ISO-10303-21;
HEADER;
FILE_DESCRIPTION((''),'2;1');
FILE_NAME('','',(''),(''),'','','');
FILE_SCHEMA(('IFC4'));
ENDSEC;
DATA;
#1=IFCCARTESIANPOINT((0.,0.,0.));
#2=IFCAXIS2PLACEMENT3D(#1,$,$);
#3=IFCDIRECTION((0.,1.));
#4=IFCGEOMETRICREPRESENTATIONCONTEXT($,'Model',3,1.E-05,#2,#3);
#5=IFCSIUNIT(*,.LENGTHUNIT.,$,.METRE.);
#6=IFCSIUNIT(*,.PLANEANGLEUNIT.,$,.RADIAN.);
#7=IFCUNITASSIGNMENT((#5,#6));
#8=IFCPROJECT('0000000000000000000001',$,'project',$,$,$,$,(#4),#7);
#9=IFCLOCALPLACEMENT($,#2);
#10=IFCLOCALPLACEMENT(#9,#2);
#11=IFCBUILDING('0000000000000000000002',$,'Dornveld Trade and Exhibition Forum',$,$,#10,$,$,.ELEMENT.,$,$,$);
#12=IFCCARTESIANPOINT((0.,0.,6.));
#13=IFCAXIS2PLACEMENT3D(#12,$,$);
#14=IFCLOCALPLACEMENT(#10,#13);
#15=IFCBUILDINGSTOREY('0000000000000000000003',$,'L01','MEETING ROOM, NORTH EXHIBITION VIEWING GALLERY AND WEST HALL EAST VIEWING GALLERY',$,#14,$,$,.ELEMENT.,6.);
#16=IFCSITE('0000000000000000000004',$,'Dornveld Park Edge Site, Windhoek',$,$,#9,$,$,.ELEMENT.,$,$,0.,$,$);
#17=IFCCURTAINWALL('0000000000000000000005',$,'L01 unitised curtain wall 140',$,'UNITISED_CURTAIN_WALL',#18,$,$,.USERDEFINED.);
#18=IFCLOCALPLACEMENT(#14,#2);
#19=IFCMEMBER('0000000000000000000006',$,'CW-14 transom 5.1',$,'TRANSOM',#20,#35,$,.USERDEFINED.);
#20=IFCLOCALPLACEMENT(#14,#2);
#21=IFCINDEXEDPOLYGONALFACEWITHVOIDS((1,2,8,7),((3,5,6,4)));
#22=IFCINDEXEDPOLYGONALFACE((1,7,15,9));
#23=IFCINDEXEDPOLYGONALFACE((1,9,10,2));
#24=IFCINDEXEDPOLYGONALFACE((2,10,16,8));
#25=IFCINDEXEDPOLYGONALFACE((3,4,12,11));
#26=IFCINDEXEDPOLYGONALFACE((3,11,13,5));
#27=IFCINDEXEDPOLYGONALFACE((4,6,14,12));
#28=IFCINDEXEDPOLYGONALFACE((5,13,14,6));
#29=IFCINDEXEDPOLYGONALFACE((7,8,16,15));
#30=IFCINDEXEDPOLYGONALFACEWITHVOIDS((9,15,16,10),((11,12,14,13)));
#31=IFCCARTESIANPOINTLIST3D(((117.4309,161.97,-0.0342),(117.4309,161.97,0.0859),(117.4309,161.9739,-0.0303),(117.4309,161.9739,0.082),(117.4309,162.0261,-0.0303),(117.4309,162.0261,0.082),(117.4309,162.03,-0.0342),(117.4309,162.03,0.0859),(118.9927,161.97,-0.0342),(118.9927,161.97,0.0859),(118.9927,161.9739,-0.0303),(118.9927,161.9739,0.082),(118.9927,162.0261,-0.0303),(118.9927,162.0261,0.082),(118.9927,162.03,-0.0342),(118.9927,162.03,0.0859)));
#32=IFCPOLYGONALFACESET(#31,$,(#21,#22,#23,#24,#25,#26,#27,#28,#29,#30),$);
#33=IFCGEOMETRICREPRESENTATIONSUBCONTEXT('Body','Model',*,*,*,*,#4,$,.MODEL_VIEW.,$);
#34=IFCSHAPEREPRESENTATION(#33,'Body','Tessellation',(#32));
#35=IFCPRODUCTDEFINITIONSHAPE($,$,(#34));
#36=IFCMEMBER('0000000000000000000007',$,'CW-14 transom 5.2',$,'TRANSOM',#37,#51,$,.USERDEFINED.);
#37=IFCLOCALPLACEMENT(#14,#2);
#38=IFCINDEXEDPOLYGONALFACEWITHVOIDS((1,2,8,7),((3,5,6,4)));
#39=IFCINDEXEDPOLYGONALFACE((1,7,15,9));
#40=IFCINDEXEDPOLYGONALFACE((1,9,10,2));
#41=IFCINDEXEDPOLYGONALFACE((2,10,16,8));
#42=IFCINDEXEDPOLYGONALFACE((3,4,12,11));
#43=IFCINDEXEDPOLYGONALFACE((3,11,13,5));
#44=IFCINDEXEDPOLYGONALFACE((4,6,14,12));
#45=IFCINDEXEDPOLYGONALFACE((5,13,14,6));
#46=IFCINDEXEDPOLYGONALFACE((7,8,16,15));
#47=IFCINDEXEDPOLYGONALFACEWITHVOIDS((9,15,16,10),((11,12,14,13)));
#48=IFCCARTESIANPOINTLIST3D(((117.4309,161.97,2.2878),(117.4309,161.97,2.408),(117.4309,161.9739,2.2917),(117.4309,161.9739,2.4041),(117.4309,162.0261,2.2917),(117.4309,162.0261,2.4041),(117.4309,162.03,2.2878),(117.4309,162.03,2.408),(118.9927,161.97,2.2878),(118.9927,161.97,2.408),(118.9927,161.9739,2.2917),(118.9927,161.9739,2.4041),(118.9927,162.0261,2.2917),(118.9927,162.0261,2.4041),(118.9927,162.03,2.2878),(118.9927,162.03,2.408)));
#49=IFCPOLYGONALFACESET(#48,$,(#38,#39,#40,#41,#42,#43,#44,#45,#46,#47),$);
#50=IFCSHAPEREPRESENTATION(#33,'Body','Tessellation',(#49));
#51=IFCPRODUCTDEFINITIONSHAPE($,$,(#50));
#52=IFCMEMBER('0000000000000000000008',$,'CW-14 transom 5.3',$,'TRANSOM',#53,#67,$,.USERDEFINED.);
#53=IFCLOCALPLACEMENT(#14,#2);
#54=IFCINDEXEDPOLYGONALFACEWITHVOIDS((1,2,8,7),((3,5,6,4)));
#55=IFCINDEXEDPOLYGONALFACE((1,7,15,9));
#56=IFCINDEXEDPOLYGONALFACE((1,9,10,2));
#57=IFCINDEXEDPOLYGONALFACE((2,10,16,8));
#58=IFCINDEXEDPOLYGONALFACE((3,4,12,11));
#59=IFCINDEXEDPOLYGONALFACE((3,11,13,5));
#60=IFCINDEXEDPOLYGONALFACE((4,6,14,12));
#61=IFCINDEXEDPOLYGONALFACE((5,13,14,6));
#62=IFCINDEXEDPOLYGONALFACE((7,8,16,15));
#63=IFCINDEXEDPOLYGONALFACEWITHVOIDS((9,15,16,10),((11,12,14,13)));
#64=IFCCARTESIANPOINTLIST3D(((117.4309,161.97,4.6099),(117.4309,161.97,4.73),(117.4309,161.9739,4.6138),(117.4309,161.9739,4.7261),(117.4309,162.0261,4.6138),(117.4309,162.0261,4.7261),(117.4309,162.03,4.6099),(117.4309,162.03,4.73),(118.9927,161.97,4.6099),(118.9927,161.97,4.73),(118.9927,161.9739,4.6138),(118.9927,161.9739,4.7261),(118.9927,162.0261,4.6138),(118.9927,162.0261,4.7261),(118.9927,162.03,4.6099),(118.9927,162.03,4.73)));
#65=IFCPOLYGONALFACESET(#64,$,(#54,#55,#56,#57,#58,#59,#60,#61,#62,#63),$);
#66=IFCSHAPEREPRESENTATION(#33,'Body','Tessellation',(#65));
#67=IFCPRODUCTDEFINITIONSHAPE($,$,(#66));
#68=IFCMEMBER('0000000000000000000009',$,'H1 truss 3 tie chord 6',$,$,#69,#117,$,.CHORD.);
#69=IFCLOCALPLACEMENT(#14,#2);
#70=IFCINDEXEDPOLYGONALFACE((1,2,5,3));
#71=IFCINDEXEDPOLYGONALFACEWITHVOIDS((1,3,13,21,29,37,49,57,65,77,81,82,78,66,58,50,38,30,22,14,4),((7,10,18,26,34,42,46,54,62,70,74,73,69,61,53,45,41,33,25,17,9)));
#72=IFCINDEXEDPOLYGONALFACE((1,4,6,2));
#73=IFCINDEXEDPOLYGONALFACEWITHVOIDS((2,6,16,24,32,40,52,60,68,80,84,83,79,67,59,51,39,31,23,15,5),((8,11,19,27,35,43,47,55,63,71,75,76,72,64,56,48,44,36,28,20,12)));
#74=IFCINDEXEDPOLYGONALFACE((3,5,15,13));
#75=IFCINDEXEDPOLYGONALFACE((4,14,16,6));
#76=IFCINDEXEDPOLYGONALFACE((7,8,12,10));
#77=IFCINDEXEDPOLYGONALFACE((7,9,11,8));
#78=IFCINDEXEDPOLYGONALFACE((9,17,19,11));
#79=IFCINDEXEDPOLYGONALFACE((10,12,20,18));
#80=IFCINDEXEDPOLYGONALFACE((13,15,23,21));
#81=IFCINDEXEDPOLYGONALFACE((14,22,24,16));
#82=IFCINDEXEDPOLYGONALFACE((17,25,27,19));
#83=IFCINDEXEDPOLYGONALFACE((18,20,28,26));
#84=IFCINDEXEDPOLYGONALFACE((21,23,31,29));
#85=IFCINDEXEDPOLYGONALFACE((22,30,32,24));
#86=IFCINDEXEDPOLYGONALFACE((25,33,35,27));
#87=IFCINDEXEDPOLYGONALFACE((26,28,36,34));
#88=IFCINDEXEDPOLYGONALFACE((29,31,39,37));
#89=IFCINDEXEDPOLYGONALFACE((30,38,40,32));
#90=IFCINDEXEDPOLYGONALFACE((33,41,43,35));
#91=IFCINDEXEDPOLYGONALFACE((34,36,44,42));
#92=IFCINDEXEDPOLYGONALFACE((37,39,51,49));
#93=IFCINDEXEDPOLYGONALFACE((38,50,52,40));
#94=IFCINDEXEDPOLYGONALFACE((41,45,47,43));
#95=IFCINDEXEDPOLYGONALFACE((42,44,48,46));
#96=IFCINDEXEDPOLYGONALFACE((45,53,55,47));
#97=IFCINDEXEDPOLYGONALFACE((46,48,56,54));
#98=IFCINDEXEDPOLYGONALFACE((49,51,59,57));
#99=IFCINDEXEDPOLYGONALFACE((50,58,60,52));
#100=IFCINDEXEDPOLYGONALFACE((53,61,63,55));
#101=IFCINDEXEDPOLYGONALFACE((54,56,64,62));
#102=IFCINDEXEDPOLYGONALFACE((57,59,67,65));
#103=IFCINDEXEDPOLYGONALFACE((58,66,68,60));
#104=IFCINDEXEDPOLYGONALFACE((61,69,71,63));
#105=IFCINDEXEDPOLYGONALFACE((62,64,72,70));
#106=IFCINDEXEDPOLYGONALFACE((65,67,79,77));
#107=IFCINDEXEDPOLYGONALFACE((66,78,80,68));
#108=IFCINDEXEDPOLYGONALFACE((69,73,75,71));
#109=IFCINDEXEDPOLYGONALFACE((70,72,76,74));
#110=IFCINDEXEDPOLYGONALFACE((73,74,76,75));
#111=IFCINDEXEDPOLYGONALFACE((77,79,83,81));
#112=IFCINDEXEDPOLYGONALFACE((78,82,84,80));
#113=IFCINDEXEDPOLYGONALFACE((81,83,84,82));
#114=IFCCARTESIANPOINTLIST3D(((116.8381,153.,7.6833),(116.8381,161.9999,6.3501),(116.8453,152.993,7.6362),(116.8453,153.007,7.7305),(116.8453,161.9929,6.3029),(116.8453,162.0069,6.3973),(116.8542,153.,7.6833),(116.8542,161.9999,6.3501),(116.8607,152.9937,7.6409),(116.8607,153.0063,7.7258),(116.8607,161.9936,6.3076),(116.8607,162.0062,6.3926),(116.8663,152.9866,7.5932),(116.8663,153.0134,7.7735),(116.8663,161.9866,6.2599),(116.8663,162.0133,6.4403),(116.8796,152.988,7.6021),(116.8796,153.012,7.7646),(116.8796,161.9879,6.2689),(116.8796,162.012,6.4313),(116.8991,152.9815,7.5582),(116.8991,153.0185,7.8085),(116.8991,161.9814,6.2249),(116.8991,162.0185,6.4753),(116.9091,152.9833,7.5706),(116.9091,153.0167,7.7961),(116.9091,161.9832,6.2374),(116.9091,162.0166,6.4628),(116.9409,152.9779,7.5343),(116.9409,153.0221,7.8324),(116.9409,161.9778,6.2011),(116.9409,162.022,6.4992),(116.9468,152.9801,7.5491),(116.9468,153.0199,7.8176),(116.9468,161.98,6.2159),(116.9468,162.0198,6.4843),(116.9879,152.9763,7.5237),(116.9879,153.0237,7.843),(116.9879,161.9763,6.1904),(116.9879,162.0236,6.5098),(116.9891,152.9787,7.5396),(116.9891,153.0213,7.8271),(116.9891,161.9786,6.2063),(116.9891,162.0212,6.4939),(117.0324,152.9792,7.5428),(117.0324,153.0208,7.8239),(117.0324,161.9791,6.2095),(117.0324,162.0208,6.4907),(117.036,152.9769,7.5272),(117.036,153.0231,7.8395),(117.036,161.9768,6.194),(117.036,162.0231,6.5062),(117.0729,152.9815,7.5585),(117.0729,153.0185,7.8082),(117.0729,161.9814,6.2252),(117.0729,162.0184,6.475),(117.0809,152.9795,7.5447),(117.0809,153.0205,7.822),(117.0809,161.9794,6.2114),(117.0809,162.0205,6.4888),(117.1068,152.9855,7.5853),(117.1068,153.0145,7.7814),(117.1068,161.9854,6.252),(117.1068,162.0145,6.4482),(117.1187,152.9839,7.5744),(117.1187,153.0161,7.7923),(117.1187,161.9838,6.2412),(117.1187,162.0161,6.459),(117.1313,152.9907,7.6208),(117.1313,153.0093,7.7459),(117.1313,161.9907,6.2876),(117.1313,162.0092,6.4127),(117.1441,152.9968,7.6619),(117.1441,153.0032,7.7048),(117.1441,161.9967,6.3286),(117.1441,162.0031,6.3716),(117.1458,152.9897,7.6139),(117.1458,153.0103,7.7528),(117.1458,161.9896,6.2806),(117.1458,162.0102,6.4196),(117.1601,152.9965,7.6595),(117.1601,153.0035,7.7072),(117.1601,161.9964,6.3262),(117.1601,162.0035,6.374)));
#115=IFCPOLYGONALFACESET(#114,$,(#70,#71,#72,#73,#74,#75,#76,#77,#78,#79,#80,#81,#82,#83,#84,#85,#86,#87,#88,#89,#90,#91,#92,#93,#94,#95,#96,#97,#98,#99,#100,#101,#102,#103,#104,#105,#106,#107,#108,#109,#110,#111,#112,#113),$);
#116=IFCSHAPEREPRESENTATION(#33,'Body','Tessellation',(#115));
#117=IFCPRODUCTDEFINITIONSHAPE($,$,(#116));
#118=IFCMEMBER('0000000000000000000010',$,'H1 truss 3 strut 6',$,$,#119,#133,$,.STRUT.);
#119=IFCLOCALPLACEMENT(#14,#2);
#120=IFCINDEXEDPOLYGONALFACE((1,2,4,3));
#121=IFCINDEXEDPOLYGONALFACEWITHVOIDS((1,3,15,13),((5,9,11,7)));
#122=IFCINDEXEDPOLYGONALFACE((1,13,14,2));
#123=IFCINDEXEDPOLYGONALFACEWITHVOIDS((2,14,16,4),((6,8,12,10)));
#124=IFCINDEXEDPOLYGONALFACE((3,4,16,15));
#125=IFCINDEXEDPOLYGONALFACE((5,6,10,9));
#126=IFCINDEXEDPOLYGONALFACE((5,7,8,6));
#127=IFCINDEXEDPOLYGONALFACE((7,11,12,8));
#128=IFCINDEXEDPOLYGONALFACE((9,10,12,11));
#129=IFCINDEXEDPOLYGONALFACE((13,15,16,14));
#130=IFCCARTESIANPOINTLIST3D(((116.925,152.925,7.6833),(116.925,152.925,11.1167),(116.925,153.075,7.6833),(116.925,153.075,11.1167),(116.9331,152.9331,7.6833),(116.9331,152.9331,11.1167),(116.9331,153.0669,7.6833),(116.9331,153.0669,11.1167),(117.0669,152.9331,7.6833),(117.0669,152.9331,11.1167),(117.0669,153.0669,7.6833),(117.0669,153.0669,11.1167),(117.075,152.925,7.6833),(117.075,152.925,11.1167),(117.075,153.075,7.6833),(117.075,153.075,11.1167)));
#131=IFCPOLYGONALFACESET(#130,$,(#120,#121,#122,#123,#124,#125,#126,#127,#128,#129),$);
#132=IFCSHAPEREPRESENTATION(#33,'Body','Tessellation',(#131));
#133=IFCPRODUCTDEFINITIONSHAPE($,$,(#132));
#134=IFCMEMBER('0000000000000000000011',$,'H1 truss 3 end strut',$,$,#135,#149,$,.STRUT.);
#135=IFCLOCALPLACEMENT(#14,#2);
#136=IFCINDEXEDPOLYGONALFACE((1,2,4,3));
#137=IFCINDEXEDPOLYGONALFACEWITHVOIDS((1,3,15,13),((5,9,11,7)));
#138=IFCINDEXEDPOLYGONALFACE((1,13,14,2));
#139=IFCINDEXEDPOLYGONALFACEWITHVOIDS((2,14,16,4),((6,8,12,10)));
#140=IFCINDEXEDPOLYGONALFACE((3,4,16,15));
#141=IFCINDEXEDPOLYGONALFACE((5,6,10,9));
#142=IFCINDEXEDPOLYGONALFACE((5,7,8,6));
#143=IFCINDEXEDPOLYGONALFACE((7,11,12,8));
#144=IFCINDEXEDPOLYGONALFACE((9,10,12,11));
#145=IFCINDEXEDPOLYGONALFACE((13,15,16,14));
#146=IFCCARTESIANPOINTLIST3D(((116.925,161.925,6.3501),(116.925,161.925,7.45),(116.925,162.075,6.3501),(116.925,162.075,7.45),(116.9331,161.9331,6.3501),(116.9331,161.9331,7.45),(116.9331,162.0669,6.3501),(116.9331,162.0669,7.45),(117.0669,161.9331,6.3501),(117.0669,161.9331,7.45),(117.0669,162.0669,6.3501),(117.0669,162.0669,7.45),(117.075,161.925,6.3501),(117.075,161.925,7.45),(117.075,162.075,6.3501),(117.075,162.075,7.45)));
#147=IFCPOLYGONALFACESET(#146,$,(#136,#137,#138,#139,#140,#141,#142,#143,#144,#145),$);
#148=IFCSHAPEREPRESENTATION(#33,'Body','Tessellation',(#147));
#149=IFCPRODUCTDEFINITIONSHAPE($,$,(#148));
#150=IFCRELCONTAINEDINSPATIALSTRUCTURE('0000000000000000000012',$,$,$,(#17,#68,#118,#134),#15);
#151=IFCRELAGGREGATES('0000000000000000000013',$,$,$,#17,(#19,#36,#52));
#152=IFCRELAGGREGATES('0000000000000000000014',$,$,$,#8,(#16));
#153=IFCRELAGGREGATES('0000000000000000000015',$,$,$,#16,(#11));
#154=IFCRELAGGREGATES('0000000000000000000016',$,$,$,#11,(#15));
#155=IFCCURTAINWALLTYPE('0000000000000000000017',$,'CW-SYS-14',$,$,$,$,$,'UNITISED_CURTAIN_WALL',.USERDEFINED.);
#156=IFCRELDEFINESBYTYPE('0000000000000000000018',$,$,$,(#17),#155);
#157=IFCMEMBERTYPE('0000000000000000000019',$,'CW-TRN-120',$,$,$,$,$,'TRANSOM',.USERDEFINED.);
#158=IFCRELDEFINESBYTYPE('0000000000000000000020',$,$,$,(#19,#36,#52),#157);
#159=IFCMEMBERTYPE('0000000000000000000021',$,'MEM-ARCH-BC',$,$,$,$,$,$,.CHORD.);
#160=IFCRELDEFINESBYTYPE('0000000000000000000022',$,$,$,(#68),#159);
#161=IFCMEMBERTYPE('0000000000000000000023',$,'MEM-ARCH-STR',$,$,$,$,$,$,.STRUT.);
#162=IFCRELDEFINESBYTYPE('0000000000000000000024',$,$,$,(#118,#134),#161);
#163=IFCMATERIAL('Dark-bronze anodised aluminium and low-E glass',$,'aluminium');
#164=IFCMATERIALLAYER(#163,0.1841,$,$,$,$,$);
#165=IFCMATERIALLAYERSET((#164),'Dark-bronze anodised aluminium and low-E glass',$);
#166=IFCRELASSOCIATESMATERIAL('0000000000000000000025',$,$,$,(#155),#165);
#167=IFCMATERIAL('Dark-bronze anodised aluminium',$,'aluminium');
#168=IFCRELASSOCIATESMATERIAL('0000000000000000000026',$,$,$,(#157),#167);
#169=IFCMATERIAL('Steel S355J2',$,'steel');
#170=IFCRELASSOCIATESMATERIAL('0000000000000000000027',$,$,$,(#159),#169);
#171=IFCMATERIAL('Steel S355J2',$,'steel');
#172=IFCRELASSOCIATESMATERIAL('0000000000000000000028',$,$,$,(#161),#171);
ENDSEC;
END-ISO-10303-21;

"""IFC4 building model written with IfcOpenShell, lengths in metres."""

from ifc_helpers import new_model, si_unit, direction, frame, origin, origin_2d, place, context, subcontext, project, spatial, hollow_rectangle, hollow_circle, extrude, material, layer, layer_set, material_profile, profile_set, type_object, element, aggregate, save


model = new_model("IFC4")

# Units and contexts
model_context = context("Model", 3, precision=1e-05, world=origin(), true_north=direction((0.0, 1.0)))
body_context = subcontext(model_context, "Body", "Model", "MODEL_VIEW")
ifc_project = project(units=[si_unit("LENGTHUNIT", "METRE"), si_unit("PLANEANGLEUNIT", "RADIAN")], contexts=[model_context])

# Site, building, storey
site_placement = place(None, origin())
site = spatial("IfcSite", under=ifc_project, at=site_placement, Name="Dornveld Park Edge Site, Windhoek", CompositionType="ELEMENT", RefElevation=0.0)
building_placement = place(site_placement, origin())
building = spatial("IfcBuilding", under=site, at=building_placement, Name="Dornveld Trade and Exhibition Forum", CompositionType="ELEMENT")
storey_placement = place(building_placement, frame((0.0, 0.0, 6.0)))
storey = spatial("IfcBuildingStorey", under=building, at=storey_placement, Name="L01", Description="MEETING ROOM, NORTH EXHIBITION VIEWING GALLERY AND WEST HALL EAST VIEWING GALLERY", CompositionType="ELEMENT", Elevation=6.0)

# Curtain wall, members
ifc_material_1 = material(Name="Dark-bronze anodised aluminium and low-E glass", Category="aluminium")
ifc_layer_1 = layer(ifc_material_1, 0.1841)
ifc_layer_set_1 = layer_set([ifc_layer_1], Name="Dark-bronze anodised aluminium and low-E glass")
curtain_wall_type = type_object("IfcCurtainWallType", Name="CW-SYS-14", ElementType="UNITISED_CURTAIN_WALL", PredefinedType="USERDEFINED", material=ifc_layer_set_1)
curtain_wall_placement = place(storey_placement, origin())
curtain_wall = element("IfcCurtainWall", 1, at=curtain_wall_placement, inside=storey, type_object=curtain_wall_type, Name="L01 unitised curtain wall 140", ObjectType="UNITISED_CURTAIN_WALL", PredefinedType="USERDEFINED")
ifc_material_2 = material(Name="Dark-bronze anodised aluminium", Category="aluminium")
ifc_material_profile_1 = material_profile(ifc_material_2, hollow_rectangle(XDim=0.0601, YDim=0.1201, WallThickness=0.0039, at=origin_2d()), Name="RHS 120x60x4")
ifc_profile_set_1 = profile_set([ifc_material_profile_1], Name="Dark-bronze anodised aluminium")
member_type_1 = type_object("IfcMemberType", Name="CW-TRN-120", ElementType="TRANSOM", PredefinedType="USERDEFINED", material=ifc_profile_set_1)
member_1_placement = place(storey_placement, frame((118.9927, 162.0, 0.0259), z_axis=(-1.0, 0.0, 0.0), x_axis=(0.0, -1.0, 0.0)))
member_1 = element("IfcMember", 2, at=member_1_placement, type_object=member_type_1, Name="CW-14 transom 5.1", ObjectType="TRANSOM", PredefinedType="USERDEFINED", context=body_context, shape_type="SweptSolid", body=[
    extrude(hollow_rectangle(XDim=0.0601, YDim=0.1201, WallThickness=0.0039, at=origin_2d()), origin(), (0.0, 0.0, 1.0), 1.5618),
])
member_2_placement = place(storey_placement, frame((118.9927, 162.0, 2.3479), z_axis=(-1.0, 0.0, 0.0), x_axis=(0.0, -1.0, 0.0)))
member_2 = element("IfcMember", 3, at=member_2_placement, type_object=member_type_1, Name="CW-14 transom 5.2", ObjectType="TRANSOM", PredefinedType="USERDEFINED", context=body_context, shape_type="SweptSolid", body=[
    extrude(hollow_rectangle(XDim=0.0601, YDim=0.1201, WallThickness=0.0039, at=origin_2d()), origin(), (0.0, 0.0, 1.0), 1.5618),
])
member_3_placement = place(storey_placement, frame((118.9927, 162.0, 4.6699), z_axis=(-1.0, 0.0, 0.0), x_axis=(0.0, -1.0, 0.0)))
member_3 = element("IfcMember", 4, at=member_3_placement, type_object=member_type_1, Name="CW-14 transom 5.3", ObjectType="TRANSOM", PredefinedType="USERDEFINED", context=body_context, shape_type="SweptSolid", body=[
    extrude(hollow_rectangle(XDim=0.0601, YDim=0.1201, WallThickness=0.0039, at=origin_2d()), origin(), (0.0, 0.0, 1.0), 1.5618),
])

# Members
ifc_material_3 = material(Name="Steel S355J2", Category="steel")
ifc_material_profile_2 = material_profile(ifc_material_3, hollow_circle(Radius=0.1619, WallThickness=0.0161, at=origin_2d()), Name="CHS 323.9x16")
ifc_profile_set_2 = profile_set([ifc_material_profile_2], Name="Steel S355J2")
member_type_2 = type_object("IfcMemberType", Name="MEM-ARCH-BC", PredefinedType="CHORD", material=ifc_profile_set_2)
member_4_placement = place(storey_placement, frame((117.0, 153.0, 7.6833), z_axis=(0.0, 0.989205, -0.14654), x_axis=(-1.0, 0.0, 0.0)))
element("IfcMember", 5, at=member_4_placement, inside=storey, type_object=member_type_2, Name="H1 truss 3 tie chord 6", PredefinedType="CHORD", context=body_context, shape_type="SweptSolid", body=[
    extrude(hollow_circle(Radius=0.1619, WallThickness=0.0161, at=origin_2d()), origin(), (0.0, 0.0, 1.0), 9.0981),
])
ifc_material_4 = material(Name="Steel S355J2", Category="steel")
ifc_material_profile_3 = material_profile(ifc_material_4, hollow_rectangle(XDim=0.1499, YDim=0.1499, WallThickness=0.0081, at=origin_2d()), Name="SHS 150x150x8")
ifc_profile_set_3 = profile_set([ifc_material_profile_3], Name="Steel S355J2")
member_type_3 = type_object("IfcMemberType", Name="MEM-ARCH-STR", PredefinedType="STRUT", material=ifc_profile_set_3)
member_5_placement = place(storey_placement, frame((117.0, 153.0, 7.6833), z_axis=(0.0, 0.0, 1.0), x_axis=(1.0, 0.0, 0.0)))
element("IfcMember", 6, at=member_5_placement, inside=storey, type_object=member_type_3, Name="H1 truss 3 strut 6", PredefinedType="STRUT", context=body_context, shape_type="SweptSolid", body=[
    extrude(hollow_rectangle(XDim=0.1499, YDim=0.1499, WallThickness=0.0081, at=origin_2d()), origin(), (0.0, 0.0, 1.0), 3.4333),
])
member_6_placement = place(storey_placement, frame((117.0, 162.0, 6.3501), z_axis=(0.0, 0.0, 1.0), x_axis=(1.0, 0.0, 0.0)))
element("IfcMember", 7, at=member_6_placement, inside=storey, type_object=member_type_3, Name="H1 truss 3 end strut", PredefinedType="STRUT", context=body_context, shape_type="SweptSolid", body=[
    extrude(hollow_rectangle(XDim=0.1499, YDim=0.1499, WallThickness=0.0081, at=origin_2d()), origin(), (0.0, 0.0, 1.0), 1.0999),
])

aggregate(curtain_wall, [member_1, member_2, member_3])

save(model, "model.ifc")
